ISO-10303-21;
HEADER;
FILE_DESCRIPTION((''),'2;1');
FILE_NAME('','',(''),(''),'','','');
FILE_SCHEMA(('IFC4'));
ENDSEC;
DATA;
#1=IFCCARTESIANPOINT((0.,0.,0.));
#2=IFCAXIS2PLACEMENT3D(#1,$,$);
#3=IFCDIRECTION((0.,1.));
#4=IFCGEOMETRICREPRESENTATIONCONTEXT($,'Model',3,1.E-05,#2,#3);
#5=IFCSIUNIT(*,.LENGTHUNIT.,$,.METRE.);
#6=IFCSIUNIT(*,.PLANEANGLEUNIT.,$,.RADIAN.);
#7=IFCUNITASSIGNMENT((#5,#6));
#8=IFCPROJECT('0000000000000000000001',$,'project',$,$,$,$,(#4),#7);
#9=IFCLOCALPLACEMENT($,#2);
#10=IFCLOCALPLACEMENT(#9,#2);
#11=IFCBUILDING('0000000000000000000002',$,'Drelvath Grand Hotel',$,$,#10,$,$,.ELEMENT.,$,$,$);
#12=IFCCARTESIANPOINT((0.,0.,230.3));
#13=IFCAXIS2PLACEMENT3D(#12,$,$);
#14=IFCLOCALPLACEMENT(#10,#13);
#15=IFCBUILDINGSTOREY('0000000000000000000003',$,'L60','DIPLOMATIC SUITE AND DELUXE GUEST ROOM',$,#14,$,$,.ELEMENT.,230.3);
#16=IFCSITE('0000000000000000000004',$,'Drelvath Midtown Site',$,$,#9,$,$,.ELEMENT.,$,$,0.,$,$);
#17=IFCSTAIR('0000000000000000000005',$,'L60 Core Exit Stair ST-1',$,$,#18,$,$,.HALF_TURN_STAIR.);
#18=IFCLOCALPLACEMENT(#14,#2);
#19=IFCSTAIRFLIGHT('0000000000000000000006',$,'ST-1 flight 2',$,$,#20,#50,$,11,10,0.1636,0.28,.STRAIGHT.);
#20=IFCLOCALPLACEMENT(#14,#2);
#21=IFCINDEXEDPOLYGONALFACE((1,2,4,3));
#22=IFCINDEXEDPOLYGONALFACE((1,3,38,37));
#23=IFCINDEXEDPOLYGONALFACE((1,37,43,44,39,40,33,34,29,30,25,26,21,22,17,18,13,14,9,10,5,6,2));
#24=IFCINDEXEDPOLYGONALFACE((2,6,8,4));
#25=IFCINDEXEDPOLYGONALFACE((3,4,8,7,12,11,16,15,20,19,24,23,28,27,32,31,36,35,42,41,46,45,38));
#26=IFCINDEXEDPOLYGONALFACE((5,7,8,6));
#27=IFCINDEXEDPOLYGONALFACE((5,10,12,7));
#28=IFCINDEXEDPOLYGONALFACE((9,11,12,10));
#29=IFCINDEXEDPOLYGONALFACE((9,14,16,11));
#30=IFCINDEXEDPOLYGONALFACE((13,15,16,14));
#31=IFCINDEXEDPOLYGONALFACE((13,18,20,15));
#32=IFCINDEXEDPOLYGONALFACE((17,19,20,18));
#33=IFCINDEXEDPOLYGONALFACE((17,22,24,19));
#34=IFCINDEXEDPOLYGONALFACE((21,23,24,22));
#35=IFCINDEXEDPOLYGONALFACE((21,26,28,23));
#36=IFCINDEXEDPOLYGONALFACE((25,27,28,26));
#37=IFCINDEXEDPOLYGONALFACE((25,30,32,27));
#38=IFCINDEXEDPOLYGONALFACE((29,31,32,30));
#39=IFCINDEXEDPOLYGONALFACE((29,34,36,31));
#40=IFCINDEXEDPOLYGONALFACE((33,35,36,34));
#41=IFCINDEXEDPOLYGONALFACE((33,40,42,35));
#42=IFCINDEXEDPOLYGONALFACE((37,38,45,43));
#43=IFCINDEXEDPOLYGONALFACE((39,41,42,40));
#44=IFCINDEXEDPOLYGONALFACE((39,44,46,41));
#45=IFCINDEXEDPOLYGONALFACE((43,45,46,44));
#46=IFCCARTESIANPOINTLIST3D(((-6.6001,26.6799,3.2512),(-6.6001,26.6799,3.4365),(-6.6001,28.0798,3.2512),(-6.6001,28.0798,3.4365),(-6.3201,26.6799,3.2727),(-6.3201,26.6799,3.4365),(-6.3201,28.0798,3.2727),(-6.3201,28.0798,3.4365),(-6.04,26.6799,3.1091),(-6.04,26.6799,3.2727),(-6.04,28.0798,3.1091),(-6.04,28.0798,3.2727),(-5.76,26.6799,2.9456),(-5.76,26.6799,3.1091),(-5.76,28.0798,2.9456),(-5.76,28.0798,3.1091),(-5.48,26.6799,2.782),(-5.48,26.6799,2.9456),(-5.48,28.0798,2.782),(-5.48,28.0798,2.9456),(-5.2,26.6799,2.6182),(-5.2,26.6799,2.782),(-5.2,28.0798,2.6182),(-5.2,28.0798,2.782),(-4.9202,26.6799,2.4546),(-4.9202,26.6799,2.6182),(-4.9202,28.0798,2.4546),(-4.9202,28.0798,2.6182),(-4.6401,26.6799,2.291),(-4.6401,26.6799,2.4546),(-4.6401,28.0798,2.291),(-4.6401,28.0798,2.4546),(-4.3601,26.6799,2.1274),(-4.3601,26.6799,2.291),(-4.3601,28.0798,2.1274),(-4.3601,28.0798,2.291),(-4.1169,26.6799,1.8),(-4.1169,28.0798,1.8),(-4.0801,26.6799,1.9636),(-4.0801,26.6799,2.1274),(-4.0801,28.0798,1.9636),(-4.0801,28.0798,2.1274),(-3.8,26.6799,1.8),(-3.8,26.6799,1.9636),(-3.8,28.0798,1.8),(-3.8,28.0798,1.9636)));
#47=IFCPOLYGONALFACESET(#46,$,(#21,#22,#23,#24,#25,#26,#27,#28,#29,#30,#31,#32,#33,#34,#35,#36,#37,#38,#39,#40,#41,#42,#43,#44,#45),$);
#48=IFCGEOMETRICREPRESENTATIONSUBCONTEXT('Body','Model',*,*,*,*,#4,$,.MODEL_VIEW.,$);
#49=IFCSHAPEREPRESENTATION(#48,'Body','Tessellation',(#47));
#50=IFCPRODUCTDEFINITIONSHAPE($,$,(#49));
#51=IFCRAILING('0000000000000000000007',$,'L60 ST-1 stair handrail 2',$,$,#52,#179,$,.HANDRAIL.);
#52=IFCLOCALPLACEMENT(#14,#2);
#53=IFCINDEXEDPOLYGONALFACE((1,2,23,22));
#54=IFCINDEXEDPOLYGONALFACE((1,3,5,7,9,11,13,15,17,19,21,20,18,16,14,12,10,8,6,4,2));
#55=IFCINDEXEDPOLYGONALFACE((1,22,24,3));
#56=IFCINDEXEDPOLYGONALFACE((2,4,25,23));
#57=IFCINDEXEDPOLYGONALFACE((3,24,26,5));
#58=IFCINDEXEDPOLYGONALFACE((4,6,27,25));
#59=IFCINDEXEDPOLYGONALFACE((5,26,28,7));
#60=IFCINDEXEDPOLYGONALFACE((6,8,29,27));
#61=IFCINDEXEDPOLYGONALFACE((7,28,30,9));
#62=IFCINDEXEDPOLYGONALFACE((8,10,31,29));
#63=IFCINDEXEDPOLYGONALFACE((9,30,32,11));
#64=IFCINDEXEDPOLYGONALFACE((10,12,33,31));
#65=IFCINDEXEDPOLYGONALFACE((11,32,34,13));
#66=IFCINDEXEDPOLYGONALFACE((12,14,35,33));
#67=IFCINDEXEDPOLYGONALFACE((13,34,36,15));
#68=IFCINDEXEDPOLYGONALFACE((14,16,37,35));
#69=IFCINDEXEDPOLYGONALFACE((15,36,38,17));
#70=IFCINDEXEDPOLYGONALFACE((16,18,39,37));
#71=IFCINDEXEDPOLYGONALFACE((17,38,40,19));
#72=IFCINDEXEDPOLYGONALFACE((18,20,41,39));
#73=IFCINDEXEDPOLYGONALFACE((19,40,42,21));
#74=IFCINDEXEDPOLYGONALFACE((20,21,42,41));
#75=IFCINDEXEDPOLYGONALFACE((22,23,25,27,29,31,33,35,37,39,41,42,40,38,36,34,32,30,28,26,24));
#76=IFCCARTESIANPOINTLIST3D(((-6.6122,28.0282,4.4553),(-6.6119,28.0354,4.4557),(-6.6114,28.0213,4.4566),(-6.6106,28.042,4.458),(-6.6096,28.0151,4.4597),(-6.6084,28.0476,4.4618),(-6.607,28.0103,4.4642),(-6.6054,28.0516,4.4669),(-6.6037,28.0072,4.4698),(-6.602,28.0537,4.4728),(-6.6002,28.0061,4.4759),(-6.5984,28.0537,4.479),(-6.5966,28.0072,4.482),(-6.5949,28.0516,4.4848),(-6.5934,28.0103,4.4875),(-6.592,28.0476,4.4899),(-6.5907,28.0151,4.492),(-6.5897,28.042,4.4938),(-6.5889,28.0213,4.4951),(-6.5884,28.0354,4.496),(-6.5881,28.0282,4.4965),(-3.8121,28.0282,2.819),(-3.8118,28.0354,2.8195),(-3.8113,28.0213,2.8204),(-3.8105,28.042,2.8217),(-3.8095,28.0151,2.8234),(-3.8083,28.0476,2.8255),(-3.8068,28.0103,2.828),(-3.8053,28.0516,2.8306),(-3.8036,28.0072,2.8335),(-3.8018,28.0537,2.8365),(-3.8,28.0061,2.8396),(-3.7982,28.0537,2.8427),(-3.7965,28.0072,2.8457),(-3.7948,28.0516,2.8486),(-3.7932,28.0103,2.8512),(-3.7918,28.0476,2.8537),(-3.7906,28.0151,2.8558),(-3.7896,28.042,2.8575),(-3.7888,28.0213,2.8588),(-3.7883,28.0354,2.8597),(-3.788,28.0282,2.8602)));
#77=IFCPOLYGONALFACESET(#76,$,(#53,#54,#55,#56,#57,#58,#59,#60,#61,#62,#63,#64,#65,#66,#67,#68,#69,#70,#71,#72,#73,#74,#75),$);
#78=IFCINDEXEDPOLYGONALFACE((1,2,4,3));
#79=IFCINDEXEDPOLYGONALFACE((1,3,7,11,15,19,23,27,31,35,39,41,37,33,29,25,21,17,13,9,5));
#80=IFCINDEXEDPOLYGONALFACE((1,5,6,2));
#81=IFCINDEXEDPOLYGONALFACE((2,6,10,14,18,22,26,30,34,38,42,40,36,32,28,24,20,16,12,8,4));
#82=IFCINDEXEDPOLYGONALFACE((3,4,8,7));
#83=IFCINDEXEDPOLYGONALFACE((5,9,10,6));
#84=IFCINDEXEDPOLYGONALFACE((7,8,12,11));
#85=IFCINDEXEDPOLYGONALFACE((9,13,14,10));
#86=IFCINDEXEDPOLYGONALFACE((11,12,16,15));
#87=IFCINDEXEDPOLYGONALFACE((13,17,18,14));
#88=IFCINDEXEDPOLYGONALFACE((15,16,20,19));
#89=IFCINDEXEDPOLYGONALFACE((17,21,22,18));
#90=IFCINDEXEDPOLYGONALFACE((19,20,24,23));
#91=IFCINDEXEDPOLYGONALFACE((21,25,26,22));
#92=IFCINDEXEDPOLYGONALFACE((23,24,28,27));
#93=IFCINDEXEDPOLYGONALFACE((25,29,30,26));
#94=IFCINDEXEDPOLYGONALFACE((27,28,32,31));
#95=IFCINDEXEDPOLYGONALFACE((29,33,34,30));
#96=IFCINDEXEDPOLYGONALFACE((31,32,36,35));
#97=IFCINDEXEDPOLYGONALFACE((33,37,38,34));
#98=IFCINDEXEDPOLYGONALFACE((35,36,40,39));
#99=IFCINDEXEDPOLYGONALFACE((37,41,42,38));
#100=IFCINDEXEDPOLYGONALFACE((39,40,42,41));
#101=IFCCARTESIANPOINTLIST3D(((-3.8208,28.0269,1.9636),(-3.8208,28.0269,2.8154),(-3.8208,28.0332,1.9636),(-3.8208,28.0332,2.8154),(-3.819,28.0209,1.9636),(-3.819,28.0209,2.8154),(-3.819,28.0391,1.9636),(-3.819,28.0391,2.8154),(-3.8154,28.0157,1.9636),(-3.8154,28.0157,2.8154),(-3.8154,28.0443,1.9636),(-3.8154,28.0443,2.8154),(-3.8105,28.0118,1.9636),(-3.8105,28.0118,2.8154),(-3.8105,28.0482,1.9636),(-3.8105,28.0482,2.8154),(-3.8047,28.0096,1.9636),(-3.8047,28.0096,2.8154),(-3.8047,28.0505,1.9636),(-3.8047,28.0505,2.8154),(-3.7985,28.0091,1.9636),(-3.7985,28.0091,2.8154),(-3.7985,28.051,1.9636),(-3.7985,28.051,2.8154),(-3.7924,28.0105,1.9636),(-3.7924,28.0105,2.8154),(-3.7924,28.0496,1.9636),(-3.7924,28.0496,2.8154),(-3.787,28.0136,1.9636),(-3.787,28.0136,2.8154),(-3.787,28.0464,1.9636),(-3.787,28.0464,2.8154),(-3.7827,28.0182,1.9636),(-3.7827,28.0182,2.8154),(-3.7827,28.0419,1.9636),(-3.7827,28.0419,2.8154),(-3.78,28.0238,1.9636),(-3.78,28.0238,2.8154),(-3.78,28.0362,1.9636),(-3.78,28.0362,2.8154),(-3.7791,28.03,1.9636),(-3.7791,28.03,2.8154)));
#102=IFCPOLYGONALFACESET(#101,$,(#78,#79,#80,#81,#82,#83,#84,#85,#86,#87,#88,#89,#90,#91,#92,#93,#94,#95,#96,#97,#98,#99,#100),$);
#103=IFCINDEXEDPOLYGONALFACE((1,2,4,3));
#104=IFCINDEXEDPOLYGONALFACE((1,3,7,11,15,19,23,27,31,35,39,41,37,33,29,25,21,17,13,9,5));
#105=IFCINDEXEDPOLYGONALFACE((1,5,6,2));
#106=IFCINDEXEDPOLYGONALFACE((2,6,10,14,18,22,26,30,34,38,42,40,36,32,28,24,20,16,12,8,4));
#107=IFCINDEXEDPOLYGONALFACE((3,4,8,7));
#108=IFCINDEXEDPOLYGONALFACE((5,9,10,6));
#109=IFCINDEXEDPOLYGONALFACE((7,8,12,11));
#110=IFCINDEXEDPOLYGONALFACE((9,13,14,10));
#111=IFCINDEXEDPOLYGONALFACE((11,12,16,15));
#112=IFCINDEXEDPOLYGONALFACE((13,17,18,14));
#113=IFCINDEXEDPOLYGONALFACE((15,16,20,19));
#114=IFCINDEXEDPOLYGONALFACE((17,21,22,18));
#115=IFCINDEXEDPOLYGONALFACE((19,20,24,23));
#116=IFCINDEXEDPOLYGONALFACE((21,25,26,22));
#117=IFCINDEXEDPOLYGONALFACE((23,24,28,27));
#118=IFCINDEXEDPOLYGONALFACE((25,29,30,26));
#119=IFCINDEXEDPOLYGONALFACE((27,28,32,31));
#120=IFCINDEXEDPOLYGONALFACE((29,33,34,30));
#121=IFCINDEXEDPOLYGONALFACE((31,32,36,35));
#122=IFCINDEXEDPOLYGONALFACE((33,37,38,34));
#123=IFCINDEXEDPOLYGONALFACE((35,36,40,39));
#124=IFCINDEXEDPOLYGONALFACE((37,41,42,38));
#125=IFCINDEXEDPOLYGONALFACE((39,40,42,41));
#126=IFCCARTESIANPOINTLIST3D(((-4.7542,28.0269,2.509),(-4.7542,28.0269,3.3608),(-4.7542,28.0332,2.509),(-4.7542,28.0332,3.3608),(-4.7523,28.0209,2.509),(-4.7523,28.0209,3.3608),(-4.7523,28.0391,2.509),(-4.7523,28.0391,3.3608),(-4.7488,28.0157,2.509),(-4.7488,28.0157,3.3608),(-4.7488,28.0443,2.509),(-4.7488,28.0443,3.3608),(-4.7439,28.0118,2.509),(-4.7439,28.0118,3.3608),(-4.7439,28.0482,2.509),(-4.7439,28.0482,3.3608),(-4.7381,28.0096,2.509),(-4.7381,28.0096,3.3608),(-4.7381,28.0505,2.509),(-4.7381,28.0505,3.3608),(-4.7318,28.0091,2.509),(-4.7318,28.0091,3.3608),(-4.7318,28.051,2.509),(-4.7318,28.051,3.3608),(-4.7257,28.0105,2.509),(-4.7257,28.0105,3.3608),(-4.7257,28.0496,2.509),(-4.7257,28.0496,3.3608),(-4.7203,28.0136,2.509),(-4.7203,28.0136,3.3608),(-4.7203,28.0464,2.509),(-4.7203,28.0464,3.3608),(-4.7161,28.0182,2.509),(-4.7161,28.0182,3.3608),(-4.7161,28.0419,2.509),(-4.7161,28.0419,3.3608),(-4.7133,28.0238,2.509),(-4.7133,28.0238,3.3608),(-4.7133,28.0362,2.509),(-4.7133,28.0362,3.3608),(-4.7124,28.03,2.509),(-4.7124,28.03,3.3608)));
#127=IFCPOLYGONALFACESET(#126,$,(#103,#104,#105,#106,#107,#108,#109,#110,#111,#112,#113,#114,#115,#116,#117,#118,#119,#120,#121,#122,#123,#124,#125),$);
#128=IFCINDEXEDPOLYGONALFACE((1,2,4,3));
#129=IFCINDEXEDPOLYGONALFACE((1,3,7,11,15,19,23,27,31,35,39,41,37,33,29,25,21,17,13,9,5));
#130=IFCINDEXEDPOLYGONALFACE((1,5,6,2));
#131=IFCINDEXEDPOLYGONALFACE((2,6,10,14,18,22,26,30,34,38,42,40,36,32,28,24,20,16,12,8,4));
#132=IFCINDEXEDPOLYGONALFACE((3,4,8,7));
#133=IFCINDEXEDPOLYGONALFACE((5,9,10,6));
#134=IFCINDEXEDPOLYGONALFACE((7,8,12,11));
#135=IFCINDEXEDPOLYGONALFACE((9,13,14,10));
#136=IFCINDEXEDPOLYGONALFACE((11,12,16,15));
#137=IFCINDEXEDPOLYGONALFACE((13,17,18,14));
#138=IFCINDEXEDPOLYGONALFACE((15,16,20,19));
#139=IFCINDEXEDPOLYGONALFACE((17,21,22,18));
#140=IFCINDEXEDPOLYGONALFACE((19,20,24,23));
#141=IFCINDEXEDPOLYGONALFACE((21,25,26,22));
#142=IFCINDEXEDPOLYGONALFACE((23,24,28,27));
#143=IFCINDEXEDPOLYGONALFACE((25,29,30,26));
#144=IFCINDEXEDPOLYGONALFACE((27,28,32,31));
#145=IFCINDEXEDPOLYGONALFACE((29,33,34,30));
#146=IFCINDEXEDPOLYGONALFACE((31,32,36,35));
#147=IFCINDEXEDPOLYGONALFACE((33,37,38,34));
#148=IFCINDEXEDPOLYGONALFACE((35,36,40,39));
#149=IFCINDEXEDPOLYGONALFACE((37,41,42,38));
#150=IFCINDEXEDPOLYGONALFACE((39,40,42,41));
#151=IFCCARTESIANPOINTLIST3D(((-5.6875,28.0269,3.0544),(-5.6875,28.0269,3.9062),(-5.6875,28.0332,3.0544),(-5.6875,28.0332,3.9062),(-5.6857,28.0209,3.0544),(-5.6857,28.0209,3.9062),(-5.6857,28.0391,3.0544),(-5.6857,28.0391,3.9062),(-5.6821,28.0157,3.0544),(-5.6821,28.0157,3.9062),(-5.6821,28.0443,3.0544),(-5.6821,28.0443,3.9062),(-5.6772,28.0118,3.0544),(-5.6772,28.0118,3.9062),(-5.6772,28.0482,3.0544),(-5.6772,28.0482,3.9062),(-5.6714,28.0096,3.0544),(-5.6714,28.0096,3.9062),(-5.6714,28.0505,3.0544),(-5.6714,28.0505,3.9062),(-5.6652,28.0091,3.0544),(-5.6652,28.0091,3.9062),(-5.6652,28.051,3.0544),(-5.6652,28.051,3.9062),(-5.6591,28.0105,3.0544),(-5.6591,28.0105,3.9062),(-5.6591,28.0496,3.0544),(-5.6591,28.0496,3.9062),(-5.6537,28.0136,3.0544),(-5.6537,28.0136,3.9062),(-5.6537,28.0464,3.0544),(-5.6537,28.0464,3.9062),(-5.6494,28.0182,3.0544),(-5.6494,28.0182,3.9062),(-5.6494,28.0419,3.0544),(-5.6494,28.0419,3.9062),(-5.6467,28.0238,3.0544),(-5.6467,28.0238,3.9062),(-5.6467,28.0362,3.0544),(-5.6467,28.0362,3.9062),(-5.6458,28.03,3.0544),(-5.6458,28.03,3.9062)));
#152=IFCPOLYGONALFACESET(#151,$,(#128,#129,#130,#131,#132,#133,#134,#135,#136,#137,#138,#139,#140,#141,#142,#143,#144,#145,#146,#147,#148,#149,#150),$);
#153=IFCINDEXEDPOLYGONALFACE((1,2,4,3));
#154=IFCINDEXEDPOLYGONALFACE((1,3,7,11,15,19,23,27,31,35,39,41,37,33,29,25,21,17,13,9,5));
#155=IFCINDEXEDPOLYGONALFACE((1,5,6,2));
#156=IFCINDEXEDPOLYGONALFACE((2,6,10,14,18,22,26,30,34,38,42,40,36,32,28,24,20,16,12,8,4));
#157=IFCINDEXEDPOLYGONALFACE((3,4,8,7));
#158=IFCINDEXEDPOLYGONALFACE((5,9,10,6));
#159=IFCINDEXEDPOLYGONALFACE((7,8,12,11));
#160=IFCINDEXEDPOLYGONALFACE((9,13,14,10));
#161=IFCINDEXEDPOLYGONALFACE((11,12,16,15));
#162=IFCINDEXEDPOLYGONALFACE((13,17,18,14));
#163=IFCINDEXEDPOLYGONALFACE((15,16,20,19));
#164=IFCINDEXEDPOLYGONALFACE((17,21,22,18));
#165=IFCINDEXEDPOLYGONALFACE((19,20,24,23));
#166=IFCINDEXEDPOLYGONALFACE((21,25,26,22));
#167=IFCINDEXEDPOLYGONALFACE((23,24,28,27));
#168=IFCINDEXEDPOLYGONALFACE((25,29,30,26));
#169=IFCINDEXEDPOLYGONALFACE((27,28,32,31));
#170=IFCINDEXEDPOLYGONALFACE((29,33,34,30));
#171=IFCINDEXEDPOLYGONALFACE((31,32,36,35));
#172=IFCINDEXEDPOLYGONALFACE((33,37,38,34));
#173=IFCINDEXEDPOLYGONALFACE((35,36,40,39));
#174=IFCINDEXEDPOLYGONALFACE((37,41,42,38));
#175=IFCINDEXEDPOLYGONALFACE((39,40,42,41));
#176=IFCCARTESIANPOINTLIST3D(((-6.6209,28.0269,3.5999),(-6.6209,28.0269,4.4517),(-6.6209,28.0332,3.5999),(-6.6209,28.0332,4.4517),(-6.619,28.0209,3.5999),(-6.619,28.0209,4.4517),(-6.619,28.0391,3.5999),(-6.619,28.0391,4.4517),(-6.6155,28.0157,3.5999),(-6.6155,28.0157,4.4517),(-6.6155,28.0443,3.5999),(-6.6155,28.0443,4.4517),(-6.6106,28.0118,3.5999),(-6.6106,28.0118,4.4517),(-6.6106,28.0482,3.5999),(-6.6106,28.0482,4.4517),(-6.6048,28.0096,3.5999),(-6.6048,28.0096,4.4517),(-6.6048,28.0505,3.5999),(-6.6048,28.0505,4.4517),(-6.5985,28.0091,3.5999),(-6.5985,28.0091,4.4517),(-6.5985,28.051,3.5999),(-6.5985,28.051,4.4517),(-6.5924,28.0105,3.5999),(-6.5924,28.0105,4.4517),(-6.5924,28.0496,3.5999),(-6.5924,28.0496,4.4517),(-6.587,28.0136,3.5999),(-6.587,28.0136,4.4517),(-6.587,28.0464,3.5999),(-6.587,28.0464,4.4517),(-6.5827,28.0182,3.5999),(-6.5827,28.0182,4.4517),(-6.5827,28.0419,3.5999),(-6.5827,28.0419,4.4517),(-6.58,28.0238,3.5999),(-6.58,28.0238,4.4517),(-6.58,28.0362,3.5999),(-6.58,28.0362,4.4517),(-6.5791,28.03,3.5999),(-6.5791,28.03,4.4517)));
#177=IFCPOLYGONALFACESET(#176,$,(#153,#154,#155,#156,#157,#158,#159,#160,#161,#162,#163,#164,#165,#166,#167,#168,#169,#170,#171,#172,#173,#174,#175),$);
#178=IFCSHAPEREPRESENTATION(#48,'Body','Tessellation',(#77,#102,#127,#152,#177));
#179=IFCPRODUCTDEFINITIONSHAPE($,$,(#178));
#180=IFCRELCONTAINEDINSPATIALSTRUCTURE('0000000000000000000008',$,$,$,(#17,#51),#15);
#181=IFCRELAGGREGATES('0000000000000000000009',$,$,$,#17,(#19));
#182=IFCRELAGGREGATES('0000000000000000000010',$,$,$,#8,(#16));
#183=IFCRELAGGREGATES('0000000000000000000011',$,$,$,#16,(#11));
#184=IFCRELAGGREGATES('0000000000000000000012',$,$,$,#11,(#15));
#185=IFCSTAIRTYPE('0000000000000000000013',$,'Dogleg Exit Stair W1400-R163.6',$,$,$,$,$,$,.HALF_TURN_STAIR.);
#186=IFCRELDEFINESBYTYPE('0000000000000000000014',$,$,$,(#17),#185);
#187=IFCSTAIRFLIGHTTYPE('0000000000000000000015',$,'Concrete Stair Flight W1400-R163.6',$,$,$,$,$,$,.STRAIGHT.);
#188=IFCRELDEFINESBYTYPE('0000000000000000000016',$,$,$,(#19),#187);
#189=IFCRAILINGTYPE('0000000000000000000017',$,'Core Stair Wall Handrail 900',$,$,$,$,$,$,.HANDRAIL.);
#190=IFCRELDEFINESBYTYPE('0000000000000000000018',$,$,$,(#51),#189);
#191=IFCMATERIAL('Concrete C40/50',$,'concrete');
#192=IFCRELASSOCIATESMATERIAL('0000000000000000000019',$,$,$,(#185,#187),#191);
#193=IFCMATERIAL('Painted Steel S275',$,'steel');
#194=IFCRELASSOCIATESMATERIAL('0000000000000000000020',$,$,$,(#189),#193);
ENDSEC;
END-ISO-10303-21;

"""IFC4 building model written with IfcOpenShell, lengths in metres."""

from ifc_helpers import new_model, si_unit, direction, frame, origin, origin_2d, place, context, subcontext, project, spatial, polyline, circle, outline, extrude, material, type_object, element, aggregate, save


model = new_model("IFC4")

# Units and contexts
model_context = context("Model", 3, precision=1e-05, world=origin(), true_north=direction((0.0, 1.0)))
body_context = subcontext(model_context, "Body", "Model", "MODEL_VIEW")
ifc_project = project(units=[si_unit("LENGTHUNIT", "METRE"), si_unit("PLANEANGLEUNIT", "RADIAN")], contexts=[model_context])

# Site, building, storey
site_placement = place(None, origin())
site = spatial("IfcSite", under=ifc_project, at=site_placement, Name="Drelvath Midtown Site", CompositionType="ELEMENT", RefElevation=0.0)
building_placement = place(site_placement, origin())
building = spatial("IfcBuilding", under=site, at=building_placement, Name="Drelvath Grand Hotel", CompositionType="ELEMENT")
storey_placement = place(building_placement, frame((0.0, 0.0, 230.3)))
storey = spatial("IfcBuildingStorey", under=building, at=storey_placement, Name="L60", Description="DIPLOMATIC SUITE AND DELUXE GUEST ROOM", CompositionType="ELEMENT", Elevation=230.3)

# Shared definitions
ifc_material_1 = material(Name="Painted Steel S275", Category="steel")

# Shared definitions
ifc_material_2 = material(Name="Concrete C40/50", Category="concrete")

# Stair, stair flight
stair_type = type_object("IfcStairType", Name="Dogleg Exit Stair W1400-R163.6", PredefinedType="HALF_TURN_STAIR", material=ifc_material_2)
stair_placement = place(storey_placement, origin())
stair = element("IfcStair", 1, at=stair_placement, inside=storey, type_object=stair_type, Name="L60 Core Exit Stair ST-1", PredefinedType="HALF_TURN_STAIR")
stair_flight_type = type_object("IfcStairFlightType", Name="Concrete Stair Flight W1400-R163.6", PredefinedType="STRAIGHT", material=ifc_material_2)
stair_flight_placement = place(storey_placement, frame((-3.8, 27.3799, 1.8), z_axis=(0.0, 0.0, 1.0), x_axis=(-1.0, 0.0, 0.0)))
stair_flight = element("IfcStairFlight", 2, at=stair_flight_placement, type_object=stair_flight_type, Name="ST-1 flight 2", NumberOfRisers=11, NumberOfTreads=10, PredefinedType="STRAIGHT", RiserHeight=0.1636, TreadLength=0.28, context=body_context, shape_type="SweptSolid", body=[
    extrude(outline(polyline([(0.0, 0.0), (0.0, 0.1636), (0.28, 0.1636), (0.28, 0.3274), (0.5601, 0.3274), (0.5601, 0.491), (0.8401, 0.491), (0.8401, 0.6545), (1.1201, 0.6545), (1.1201, 0.8181), (1.3999, 0.8181), (1.3999, 0.9819), (1.6799, 0.9819), (1.6799, 1.1455), (1.96, 1.1455), (1.96, 1.3091), (2.24, 1.3091), (2.24, 1.4727), (2.52, 1.4727), (2.52, 1.6365), (2.8, 1.6365), (2.8, 1.8), (2.8, 1.4512), (0.3169, 0.0), (0.0, 0.0)])), frame((0.0, 0.7, 0.0), z_axis=(0.0, -1.0, 0.0), x_axis=(1.0, 0.0, 0.0)), (0.0, 0.0, 1.0), 1.3999),
])
aggregate(stair, [stair_flight])

# Railing
railing_type = type_object("IfcRailingType", Name="Core Stair Wall Handrail 900", PredefinedType="HANDRAIL", material=ifc_material_1)
railing_placement = place(storey_placement, frame((-3.8, 28.03, 1.9636)))
element("IfcRailing", 3, at=railing_placement, inside=storey, type_object=railing_type, Name="L60 ST-1 stair handrail 2", PredefinedType="HANDRAIL", context=body_context, shape_type="SweptSolid", body=[
    extrude(circle(Radius=0.0239, at=origin_2d()), frame((0.0, 0.0, 0.876), z_axis=(-0.863394, 0.0, 0.504531), x_axis=(0.0, -1.0, 0.0)), (0.0, 0.0, 1.0), 3.2432),
    extrude(circle(Radius=0.021, at=origin_2d()), origin(), (0.0, 0.0, 1.0), 0.8518),
    extrude(circle(Radius=0.021, at=origin_2d()), frame((-0.9333, 0.0, 0.5454)), (0.0, 0.0, 1.0), 0.8518),
    extrude(circle(Radius=0.021, at=origin_2d()), frame((-1.8667, 0.0, 1.0908)), (0.0, 0.0, 1.0), 0.8518),
    extrude(circle(Radius=0.021, at=origin_2d()), frame((-2.8, 0.0, 1.6362)), (0.0, 0.0, 1.0), 0.8518),
])

save(model, "model.ifc")
